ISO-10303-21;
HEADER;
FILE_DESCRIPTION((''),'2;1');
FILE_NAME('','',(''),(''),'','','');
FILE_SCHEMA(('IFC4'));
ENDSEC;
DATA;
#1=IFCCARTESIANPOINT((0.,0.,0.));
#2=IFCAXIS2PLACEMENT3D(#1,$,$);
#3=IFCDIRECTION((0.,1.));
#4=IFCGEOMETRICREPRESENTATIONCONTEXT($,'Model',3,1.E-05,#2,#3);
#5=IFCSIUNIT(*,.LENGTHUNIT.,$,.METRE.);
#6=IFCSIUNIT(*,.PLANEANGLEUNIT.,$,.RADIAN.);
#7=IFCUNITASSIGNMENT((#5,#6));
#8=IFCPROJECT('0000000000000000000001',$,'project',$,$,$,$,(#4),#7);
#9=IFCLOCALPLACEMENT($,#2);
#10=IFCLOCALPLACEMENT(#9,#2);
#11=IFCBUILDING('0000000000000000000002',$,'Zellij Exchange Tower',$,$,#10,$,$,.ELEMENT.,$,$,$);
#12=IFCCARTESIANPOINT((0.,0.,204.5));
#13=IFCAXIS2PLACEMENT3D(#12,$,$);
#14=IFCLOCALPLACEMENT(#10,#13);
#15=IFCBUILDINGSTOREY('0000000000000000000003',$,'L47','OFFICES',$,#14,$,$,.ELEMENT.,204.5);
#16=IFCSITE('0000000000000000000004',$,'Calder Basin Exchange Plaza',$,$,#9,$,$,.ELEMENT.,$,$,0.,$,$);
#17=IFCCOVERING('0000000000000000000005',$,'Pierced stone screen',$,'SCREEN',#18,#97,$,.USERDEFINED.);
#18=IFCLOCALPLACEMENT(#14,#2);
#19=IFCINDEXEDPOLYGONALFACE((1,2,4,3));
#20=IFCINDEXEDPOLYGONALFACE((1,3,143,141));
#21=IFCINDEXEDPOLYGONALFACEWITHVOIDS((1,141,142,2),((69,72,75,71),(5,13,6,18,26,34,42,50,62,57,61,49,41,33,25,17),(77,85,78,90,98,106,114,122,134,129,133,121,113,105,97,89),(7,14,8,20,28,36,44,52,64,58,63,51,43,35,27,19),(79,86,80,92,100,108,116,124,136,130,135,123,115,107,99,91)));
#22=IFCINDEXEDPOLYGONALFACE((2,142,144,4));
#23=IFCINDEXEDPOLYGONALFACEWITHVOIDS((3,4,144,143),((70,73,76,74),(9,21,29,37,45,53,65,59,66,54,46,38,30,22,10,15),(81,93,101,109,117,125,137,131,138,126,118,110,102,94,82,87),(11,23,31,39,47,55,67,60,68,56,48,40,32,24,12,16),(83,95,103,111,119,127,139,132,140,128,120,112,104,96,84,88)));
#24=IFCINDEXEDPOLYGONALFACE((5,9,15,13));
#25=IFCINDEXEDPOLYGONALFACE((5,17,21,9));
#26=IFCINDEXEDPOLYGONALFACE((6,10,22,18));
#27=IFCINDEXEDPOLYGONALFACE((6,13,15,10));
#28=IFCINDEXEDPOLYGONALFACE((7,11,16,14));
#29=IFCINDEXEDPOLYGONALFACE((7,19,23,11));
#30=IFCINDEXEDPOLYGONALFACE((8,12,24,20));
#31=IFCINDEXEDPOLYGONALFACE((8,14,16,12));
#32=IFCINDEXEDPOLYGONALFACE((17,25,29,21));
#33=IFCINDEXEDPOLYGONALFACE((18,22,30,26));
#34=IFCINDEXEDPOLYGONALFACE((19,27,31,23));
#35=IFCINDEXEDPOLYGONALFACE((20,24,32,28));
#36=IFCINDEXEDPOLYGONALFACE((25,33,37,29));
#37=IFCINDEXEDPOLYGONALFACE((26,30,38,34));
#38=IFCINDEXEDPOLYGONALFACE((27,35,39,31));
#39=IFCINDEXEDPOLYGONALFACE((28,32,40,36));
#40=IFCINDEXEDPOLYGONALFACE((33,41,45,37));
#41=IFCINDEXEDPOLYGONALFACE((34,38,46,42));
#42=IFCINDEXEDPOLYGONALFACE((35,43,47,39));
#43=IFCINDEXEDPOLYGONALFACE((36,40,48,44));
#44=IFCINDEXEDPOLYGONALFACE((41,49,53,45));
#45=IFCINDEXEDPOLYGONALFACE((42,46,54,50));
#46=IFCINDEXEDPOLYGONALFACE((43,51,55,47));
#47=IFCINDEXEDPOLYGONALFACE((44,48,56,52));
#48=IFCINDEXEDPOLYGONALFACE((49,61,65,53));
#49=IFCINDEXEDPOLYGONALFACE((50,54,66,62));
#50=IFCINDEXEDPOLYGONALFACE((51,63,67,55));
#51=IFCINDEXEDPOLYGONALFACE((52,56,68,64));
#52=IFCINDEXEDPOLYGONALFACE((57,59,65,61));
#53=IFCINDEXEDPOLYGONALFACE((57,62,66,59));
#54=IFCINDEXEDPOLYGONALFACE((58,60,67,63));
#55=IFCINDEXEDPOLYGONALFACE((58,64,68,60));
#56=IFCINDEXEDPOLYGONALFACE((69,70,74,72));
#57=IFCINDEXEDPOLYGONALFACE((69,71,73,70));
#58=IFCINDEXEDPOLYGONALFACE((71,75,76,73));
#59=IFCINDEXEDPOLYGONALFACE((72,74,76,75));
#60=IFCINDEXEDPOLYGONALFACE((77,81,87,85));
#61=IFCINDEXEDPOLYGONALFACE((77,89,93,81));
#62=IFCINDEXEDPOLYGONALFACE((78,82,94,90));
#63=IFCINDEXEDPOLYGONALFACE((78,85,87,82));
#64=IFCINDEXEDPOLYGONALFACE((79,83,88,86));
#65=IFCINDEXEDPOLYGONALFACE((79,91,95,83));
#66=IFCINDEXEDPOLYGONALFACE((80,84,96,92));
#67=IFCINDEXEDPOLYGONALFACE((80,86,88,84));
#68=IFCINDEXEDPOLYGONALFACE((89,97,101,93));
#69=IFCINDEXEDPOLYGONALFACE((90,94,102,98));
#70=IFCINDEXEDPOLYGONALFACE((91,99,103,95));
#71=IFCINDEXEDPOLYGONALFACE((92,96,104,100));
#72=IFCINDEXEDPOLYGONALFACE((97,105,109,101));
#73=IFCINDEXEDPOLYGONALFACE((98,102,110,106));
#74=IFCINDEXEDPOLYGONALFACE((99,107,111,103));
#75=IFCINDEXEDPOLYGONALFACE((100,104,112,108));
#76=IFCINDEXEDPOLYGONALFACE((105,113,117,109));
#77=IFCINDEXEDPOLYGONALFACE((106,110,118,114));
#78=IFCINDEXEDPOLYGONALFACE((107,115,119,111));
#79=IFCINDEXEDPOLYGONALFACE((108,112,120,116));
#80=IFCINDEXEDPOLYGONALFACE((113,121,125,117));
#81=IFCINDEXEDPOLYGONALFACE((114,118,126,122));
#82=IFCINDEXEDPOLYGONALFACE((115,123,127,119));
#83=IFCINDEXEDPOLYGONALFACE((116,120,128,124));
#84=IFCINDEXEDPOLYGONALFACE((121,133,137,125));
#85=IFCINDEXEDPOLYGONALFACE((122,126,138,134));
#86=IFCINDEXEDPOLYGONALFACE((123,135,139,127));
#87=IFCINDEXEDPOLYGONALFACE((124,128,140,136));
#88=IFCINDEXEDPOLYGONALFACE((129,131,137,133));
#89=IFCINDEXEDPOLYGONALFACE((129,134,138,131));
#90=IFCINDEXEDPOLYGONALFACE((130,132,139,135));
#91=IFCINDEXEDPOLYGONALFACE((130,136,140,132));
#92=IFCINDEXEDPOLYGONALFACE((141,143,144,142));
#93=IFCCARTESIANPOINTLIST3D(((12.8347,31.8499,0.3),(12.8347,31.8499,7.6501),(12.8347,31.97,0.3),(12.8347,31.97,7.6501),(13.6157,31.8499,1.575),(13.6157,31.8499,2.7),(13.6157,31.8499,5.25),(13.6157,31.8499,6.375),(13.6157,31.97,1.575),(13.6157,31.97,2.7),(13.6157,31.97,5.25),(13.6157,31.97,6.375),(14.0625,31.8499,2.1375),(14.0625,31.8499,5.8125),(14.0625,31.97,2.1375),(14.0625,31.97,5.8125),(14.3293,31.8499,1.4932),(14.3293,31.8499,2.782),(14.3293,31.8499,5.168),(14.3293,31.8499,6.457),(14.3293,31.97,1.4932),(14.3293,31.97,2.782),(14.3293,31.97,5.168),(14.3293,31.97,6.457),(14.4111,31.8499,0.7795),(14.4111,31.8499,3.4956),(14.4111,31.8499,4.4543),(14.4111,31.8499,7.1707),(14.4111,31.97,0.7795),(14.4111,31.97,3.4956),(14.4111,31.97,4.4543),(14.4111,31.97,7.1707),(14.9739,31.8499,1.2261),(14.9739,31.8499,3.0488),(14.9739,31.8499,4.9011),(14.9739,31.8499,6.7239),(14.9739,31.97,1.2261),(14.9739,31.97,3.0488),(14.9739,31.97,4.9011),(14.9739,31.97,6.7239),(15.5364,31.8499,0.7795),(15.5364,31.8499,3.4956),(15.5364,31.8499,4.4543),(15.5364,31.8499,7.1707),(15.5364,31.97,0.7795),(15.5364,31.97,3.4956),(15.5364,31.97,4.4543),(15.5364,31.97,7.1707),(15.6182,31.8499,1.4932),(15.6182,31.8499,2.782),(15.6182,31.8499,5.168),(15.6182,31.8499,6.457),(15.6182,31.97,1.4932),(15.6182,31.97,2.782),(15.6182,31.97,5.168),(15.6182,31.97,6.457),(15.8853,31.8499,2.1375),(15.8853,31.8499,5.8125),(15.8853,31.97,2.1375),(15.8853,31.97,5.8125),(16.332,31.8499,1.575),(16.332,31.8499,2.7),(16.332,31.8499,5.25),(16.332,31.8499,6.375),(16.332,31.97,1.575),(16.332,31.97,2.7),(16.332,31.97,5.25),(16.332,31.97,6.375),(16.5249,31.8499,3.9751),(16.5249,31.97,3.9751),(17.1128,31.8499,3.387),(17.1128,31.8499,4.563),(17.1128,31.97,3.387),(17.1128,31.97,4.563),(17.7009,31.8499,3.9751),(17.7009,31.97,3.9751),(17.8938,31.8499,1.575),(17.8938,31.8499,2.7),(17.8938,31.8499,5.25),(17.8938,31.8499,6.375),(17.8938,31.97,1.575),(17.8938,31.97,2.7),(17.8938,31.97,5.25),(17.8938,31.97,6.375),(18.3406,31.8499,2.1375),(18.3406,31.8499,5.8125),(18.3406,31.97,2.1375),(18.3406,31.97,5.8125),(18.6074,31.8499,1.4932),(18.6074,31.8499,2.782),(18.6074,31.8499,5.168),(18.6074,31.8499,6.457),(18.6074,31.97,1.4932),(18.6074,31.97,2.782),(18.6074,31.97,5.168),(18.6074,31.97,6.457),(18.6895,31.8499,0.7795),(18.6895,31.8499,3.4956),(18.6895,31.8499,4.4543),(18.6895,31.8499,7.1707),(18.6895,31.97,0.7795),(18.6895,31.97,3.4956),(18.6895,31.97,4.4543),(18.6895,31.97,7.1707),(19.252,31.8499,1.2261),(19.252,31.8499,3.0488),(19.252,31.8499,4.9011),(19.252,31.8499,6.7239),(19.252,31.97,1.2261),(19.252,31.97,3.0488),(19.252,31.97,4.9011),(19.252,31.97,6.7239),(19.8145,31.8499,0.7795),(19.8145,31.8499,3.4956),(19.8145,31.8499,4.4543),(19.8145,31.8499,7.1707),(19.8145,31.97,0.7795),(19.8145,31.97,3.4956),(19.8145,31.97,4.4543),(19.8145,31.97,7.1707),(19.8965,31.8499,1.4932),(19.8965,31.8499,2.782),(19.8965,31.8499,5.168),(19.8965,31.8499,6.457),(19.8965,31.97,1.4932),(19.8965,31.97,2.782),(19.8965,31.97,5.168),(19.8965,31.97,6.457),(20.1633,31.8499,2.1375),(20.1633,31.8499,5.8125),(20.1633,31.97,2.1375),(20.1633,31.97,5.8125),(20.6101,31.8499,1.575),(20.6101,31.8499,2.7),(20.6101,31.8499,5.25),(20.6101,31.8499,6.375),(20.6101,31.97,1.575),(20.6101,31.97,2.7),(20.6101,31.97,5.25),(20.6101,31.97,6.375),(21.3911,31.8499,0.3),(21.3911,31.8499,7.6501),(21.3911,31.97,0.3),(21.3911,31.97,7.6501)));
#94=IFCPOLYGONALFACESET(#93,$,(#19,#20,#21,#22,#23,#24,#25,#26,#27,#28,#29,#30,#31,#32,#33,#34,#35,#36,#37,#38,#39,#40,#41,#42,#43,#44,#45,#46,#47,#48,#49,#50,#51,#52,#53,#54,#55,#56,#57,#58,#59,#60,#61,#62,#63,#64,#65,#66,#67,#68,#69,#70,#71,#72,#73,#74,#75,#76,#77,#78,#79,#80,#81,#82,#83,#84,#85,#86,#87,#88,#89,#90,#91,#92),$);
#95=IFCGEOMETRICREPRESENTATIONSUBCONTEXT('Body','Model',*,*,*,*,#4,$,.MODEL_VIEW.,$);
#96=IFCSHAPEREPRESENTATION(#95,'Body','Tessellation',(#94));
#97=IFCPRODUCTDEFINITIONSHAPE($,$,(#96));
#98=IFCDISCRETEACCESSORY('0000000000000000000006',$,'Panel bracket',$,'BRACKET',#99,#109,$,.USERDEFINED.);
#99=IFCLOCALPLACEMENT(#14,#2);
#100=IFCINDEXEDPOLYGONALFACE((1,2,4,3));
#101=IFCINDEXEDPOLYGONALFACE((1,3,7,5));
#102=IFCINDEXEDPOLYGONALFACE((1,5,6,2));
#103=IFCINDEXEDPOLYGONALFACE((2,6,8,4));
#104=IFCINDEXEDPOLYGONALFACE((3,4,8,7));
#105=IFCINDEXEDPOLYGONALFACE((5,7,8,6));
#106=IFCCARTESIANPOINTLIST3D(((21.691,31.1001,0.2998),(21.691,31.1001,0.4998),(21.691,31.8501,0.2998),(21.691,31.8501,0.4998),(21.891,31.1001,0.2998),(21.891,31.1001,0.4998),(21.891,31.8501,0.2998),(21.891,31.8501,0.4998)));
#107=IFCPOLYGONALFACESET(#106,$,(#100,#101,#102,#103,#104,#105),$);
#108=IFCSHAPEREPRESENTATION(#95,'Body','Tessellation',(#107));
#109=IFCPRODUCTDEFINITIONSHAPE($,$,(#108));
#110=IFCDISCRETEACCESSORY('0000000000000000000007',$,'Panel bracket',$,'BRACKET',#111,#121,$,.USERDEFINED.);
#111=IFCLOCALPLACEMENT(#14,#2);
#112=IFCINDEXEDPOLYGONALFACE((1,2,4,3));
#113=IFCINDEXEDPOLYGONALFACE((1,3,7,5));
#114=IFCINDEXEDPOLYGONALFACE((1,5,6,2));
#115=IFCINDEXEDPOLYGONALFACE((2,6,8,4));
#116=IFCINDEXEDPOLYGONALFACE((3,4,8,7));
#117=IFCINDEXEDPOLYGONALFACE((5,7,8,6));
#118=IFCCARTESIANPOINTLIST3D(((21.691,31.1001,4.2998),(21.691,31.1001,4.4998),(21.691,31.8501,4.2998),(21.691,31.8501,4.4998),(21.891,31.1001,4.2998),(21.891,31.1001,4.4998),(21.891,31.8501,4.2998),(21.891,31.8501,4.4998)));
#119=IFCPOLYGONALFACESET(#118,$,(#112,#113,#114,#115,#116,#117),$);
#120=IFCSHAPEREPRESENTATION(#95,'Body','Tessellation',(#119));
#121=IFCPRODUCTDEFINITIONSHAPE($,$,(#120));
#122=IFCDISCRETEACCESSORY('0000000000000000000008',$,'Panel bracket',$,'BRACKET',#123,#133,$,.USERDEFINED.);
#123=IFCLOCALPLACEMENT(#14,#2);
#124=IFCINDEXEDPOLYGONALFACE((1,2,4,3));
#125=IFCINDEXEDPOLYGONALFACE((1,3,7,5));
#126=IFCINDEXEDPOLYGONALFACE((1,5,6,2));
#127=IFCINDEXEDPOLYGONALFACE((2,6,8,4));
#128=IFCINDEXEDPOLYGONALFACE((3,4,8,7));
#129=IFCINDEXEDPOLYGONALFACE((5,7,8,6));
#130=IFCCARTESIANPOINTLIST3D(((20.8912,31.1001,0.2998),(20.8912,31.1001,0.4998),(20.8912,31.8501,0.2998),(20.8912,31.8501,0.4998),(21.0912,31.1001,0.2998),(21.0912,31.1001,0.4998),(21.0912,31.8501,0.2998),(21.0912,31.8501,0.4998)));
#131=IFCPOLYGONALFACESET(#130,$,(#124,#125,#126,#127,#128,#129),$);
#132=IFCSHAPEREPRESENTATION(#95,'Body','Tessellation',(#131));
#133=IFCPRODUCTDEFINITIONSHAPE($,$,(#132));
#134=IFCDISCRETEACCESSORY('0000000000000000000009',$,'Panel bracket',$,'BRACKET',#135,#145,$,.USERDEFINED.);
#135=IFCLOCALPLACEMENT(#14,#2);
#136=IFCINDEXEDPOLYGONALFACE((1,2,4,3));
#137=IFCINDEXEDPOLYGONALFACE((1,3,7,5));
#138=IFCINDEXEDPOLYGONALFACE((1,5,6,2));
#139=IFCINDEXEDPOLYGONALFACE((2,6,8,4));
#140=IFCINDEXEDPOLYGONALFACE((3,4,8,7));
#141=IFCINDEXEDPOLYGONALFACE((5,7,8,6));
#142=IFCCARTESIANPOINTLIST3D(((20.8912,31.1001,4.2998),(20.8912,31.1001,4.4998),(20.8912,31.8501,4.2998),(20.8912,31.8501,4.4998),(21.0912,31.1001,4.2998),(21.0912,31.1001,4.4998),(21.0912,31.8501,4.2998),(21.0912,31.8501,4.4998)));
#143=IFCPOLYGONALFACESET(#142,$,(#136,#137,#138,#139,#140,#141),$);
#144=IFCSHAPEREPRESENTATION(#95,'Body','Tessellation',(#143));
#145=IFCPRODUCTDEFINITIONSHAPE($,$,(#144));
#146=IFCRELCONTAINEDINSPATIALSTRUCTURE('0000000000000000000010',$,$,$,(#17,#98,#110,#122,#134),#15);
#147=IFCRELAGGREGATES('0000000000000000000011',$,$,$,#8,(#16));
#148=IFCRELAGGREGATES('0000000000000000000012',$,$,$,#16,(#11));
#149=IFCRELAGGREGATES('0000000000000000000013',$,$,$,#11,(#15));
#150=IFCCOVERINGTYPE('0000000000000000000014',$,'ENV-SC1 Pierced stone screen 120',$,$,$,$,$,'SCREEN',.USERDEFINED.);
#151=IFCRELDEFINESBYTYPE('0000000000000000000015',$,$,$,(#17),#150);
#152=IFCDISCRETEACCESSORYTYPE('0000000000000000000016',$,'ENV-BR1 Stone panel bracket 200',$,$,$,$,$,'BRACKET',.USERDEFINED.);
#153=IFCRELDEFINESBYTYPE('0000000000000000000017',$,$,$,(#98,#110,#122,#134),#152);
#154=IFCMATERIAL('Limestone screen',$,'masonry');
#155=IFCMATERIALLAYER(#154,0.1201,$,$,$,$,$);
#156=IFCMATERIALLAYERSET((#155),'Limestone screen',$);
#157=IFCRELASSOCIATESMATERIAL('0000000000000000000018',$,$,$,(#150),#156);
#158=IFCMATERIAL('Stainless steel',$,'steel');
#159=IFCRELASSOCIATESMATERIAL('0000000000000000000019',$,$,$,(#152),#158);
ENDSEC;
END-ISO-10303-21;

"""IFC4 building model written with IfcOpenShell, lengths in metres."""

from ifc_helpers import new_model, si_unit, direction, frame, origin, origin_2d, place, context, subcontext, project, spatial, polyline, rectangle, outline, extrude, material, layer, layer_set, type_object, element, save


model = new_model("IFC4")

# Units and contexts
model_context = context("Model", 3, precision=1e-05, world=origin(), true_north=direction((0.0, 1.0)))
body_context = subcontext(model_context, "Body", "Model", "MODEL_VIEW")
ifc_project = project(units=[si_unit("LENGTHUNIT", "METRE"), si_unit("PLANEANGLEUNIT", "RADIAN")], contexts=[model_context])

# Site, building, storey
site_placement = place(None, origin())
site = spatial("IfcSite", under=ifc_project, at=site_placement, Name="Calder Basin Exchange Plaza", CompositionType="ELEMENT", RefElevation=0.0)
building_placement = place(site_placement, origin())
building = spatial("IfcBuilding", under=site, at=building_placement, Name="Zellij Exchange Tower", CompositionType="ELEMENT")
storey_placement = place(building_placement, frame((0.0, 0.0, 204.5)))
storey = spatial("IfcBuildingStorey", under=building, at=storey_placement, Name="L47", Description="OFFICES", CompositionType="ELEMENT", Elevation=204.5)

# Covering
ifc_material_1 = material(Name="Limestone screen", Category="masonry")
ifc_layer_1 = layer(ifc_material_1, 0.1201)
ifc_layer_set_1 = layer_set([ifc_layer_1], Name="Limestone screen")
covering_type = type_object("IfcCoveringType", Name="ENV-SC1 Pierced stone screen 120", ElementType="SCREEN", PredefinedType="USERDEFINED", material=ifc_layer_set_1)
covering_placement = place(storey_placement, frame((21.3911, 31.9099, 0.3), z_axis=(0.0, 0.0, 1.0), x_axis=(-1.0, 0.0, 0.0)))
element("IfcCovering", 1, at=covering_placement, inside=storey, type_object=covering_type, Name="Pierced stone screen", ObjectType="SCREEN", PredefinedType="USERDEFINED", context=body_context, shape_type="SweptSolid", body=[
    extrude(outline(polyline([(0.0, 0.0), (8.5564, 0.0), (8.5564, 7.3501), (0.0, 7.3501), (0.0, 0.0)]), holes=[polyline([(3.4973, 2.3999), (2.7837, 2.4819), (2.7017, 3.1956), (2.1392, 2.7488), (1.5767, 3.1956), (1.4946, 2.4819), (0.781, 2.3999), (1.2278, 1.8374), (0.781, 1.2749), (1.4946, 1.1931), (1.5767, 0.4795), (2.1392, 0.926), (2.7017, 0.4795), (2.7837, 1.1931), (3.4973, 1.2749), (3.0505, 1.8374), (3.4973, 2.3999)]), polyline([(3.4973, 6.075), (2.7837, 6.157), (2.7017, 6.8706), (2.1392, 6.4238), (1.5767, 6.8706), (1.4946, 6.157), (0.781, 6.075), (1.2278, 5.5125), (0.781, 4.95), (1.4946, 4.8679), (1.5767, 4.1543), (2.1392, 4.6011), (2.7017, 4.1543), (2.7837, 4.8679), (3.4973, 4.95), (3.0505, 5.5125), (3.4973, 6.075)]), polyline([(7.7754, 2.3999), (7.0618, 2.4819), (6.98, 3.1956), (6.4172, 2.7488), (5.8547, 3.1956), (5.7729, 2.4819), (5.0591, 2.3999), (5.5059, 1.8374), (5.0591, 1.2749), (5.7729, 1.1931), (5.8547, 0.4795), (6.4172, 0.926), (6.98, 0.4795), (7.0618, 1.1931), (7.7754, 1.2749), (7.3286, 1.8374), (7.7754, 2.3999)]), polyline([(7.7754, 6.075), (7.0618, 6.157), (6.98, 6.8706), (6.4172, 6.4238), (5.8547, 6.8706), (5.7729, 6.157), (5.0591, 6.075), (5.5059, 5.5125), (5.0591, 4.95), (5.7729, 4.8679), (5.8547, 4.1543), (6.4172, 4.6011), (6.98, 4.1543), (7.0618, 4.8679), (7.7754, 4.95), (7.3286, 5.5125), (7.7754, 6.075)]), polyline([(4.8662, 3.675), (4.2783, 4.2629), (3.6902, 3.675), (4.2783, 3.0869), (4.8662, 3.675)])]), frame((0.0, 0.0601, 0.0), z_axis=(0.0, -1.0, 0.0), x_axis=(1.0, 0.0, 0.0)), (0.0, 0.0, 1.0), 0.1201),
])

# Discrete accessories
ifc_material_2 = material(Name="Stainless steel", Category="steel")
discrete_accessory_type = type_object("IfcDiscreteAccessoryType", Name="ENV-BR1 Stone panel bracket 200", ElementType="BRACKET", PredefinedType="USERDEFINED", material=ifc_material_2)
for number, where, z_axis, x_axis, name in (
    (2, (21.791, 31.4751, 0.2998), (0.0, 0.0, 1.0), (-1.0, 0.0, 0.0), "Panel bracket"),
    (3, (21.791, 31.4751, 4.2998), (0.0, 0.0, 1.0), (-1.0, 0.0, 0.0), "Panel bracket"),
    (4, (20.9912, 31.4751, 0.2998), (0.0, 0.0, 1.0), (-1.0, 0.0, 0.0), "Panel bracket"),
    (5, (20.9912, 31.4751, 4.2998), (0.0, 0.0, 1.0), (-1.0, 0.0, 0.0), "Panel bracket"),
):
    element("IfcDiscreteAccessory", number, at=place(storey_placement, frame(where, z_axis=z_axis, x_axis=x_axis)), inside=storey, type_object=discrete_accessory_type, Name=name, ObjectType="BRACKET", PredefinedType="USERDEFINED", context=body_context, shape_type="SweptSolid", body=[
        extrude(rectangle(XDim=0.2, YDim=0.75, at=origin_2d()), origin(), (0.0, 0.0, 1.0), 0.2),
    ])

save(model, "model.ifc")
